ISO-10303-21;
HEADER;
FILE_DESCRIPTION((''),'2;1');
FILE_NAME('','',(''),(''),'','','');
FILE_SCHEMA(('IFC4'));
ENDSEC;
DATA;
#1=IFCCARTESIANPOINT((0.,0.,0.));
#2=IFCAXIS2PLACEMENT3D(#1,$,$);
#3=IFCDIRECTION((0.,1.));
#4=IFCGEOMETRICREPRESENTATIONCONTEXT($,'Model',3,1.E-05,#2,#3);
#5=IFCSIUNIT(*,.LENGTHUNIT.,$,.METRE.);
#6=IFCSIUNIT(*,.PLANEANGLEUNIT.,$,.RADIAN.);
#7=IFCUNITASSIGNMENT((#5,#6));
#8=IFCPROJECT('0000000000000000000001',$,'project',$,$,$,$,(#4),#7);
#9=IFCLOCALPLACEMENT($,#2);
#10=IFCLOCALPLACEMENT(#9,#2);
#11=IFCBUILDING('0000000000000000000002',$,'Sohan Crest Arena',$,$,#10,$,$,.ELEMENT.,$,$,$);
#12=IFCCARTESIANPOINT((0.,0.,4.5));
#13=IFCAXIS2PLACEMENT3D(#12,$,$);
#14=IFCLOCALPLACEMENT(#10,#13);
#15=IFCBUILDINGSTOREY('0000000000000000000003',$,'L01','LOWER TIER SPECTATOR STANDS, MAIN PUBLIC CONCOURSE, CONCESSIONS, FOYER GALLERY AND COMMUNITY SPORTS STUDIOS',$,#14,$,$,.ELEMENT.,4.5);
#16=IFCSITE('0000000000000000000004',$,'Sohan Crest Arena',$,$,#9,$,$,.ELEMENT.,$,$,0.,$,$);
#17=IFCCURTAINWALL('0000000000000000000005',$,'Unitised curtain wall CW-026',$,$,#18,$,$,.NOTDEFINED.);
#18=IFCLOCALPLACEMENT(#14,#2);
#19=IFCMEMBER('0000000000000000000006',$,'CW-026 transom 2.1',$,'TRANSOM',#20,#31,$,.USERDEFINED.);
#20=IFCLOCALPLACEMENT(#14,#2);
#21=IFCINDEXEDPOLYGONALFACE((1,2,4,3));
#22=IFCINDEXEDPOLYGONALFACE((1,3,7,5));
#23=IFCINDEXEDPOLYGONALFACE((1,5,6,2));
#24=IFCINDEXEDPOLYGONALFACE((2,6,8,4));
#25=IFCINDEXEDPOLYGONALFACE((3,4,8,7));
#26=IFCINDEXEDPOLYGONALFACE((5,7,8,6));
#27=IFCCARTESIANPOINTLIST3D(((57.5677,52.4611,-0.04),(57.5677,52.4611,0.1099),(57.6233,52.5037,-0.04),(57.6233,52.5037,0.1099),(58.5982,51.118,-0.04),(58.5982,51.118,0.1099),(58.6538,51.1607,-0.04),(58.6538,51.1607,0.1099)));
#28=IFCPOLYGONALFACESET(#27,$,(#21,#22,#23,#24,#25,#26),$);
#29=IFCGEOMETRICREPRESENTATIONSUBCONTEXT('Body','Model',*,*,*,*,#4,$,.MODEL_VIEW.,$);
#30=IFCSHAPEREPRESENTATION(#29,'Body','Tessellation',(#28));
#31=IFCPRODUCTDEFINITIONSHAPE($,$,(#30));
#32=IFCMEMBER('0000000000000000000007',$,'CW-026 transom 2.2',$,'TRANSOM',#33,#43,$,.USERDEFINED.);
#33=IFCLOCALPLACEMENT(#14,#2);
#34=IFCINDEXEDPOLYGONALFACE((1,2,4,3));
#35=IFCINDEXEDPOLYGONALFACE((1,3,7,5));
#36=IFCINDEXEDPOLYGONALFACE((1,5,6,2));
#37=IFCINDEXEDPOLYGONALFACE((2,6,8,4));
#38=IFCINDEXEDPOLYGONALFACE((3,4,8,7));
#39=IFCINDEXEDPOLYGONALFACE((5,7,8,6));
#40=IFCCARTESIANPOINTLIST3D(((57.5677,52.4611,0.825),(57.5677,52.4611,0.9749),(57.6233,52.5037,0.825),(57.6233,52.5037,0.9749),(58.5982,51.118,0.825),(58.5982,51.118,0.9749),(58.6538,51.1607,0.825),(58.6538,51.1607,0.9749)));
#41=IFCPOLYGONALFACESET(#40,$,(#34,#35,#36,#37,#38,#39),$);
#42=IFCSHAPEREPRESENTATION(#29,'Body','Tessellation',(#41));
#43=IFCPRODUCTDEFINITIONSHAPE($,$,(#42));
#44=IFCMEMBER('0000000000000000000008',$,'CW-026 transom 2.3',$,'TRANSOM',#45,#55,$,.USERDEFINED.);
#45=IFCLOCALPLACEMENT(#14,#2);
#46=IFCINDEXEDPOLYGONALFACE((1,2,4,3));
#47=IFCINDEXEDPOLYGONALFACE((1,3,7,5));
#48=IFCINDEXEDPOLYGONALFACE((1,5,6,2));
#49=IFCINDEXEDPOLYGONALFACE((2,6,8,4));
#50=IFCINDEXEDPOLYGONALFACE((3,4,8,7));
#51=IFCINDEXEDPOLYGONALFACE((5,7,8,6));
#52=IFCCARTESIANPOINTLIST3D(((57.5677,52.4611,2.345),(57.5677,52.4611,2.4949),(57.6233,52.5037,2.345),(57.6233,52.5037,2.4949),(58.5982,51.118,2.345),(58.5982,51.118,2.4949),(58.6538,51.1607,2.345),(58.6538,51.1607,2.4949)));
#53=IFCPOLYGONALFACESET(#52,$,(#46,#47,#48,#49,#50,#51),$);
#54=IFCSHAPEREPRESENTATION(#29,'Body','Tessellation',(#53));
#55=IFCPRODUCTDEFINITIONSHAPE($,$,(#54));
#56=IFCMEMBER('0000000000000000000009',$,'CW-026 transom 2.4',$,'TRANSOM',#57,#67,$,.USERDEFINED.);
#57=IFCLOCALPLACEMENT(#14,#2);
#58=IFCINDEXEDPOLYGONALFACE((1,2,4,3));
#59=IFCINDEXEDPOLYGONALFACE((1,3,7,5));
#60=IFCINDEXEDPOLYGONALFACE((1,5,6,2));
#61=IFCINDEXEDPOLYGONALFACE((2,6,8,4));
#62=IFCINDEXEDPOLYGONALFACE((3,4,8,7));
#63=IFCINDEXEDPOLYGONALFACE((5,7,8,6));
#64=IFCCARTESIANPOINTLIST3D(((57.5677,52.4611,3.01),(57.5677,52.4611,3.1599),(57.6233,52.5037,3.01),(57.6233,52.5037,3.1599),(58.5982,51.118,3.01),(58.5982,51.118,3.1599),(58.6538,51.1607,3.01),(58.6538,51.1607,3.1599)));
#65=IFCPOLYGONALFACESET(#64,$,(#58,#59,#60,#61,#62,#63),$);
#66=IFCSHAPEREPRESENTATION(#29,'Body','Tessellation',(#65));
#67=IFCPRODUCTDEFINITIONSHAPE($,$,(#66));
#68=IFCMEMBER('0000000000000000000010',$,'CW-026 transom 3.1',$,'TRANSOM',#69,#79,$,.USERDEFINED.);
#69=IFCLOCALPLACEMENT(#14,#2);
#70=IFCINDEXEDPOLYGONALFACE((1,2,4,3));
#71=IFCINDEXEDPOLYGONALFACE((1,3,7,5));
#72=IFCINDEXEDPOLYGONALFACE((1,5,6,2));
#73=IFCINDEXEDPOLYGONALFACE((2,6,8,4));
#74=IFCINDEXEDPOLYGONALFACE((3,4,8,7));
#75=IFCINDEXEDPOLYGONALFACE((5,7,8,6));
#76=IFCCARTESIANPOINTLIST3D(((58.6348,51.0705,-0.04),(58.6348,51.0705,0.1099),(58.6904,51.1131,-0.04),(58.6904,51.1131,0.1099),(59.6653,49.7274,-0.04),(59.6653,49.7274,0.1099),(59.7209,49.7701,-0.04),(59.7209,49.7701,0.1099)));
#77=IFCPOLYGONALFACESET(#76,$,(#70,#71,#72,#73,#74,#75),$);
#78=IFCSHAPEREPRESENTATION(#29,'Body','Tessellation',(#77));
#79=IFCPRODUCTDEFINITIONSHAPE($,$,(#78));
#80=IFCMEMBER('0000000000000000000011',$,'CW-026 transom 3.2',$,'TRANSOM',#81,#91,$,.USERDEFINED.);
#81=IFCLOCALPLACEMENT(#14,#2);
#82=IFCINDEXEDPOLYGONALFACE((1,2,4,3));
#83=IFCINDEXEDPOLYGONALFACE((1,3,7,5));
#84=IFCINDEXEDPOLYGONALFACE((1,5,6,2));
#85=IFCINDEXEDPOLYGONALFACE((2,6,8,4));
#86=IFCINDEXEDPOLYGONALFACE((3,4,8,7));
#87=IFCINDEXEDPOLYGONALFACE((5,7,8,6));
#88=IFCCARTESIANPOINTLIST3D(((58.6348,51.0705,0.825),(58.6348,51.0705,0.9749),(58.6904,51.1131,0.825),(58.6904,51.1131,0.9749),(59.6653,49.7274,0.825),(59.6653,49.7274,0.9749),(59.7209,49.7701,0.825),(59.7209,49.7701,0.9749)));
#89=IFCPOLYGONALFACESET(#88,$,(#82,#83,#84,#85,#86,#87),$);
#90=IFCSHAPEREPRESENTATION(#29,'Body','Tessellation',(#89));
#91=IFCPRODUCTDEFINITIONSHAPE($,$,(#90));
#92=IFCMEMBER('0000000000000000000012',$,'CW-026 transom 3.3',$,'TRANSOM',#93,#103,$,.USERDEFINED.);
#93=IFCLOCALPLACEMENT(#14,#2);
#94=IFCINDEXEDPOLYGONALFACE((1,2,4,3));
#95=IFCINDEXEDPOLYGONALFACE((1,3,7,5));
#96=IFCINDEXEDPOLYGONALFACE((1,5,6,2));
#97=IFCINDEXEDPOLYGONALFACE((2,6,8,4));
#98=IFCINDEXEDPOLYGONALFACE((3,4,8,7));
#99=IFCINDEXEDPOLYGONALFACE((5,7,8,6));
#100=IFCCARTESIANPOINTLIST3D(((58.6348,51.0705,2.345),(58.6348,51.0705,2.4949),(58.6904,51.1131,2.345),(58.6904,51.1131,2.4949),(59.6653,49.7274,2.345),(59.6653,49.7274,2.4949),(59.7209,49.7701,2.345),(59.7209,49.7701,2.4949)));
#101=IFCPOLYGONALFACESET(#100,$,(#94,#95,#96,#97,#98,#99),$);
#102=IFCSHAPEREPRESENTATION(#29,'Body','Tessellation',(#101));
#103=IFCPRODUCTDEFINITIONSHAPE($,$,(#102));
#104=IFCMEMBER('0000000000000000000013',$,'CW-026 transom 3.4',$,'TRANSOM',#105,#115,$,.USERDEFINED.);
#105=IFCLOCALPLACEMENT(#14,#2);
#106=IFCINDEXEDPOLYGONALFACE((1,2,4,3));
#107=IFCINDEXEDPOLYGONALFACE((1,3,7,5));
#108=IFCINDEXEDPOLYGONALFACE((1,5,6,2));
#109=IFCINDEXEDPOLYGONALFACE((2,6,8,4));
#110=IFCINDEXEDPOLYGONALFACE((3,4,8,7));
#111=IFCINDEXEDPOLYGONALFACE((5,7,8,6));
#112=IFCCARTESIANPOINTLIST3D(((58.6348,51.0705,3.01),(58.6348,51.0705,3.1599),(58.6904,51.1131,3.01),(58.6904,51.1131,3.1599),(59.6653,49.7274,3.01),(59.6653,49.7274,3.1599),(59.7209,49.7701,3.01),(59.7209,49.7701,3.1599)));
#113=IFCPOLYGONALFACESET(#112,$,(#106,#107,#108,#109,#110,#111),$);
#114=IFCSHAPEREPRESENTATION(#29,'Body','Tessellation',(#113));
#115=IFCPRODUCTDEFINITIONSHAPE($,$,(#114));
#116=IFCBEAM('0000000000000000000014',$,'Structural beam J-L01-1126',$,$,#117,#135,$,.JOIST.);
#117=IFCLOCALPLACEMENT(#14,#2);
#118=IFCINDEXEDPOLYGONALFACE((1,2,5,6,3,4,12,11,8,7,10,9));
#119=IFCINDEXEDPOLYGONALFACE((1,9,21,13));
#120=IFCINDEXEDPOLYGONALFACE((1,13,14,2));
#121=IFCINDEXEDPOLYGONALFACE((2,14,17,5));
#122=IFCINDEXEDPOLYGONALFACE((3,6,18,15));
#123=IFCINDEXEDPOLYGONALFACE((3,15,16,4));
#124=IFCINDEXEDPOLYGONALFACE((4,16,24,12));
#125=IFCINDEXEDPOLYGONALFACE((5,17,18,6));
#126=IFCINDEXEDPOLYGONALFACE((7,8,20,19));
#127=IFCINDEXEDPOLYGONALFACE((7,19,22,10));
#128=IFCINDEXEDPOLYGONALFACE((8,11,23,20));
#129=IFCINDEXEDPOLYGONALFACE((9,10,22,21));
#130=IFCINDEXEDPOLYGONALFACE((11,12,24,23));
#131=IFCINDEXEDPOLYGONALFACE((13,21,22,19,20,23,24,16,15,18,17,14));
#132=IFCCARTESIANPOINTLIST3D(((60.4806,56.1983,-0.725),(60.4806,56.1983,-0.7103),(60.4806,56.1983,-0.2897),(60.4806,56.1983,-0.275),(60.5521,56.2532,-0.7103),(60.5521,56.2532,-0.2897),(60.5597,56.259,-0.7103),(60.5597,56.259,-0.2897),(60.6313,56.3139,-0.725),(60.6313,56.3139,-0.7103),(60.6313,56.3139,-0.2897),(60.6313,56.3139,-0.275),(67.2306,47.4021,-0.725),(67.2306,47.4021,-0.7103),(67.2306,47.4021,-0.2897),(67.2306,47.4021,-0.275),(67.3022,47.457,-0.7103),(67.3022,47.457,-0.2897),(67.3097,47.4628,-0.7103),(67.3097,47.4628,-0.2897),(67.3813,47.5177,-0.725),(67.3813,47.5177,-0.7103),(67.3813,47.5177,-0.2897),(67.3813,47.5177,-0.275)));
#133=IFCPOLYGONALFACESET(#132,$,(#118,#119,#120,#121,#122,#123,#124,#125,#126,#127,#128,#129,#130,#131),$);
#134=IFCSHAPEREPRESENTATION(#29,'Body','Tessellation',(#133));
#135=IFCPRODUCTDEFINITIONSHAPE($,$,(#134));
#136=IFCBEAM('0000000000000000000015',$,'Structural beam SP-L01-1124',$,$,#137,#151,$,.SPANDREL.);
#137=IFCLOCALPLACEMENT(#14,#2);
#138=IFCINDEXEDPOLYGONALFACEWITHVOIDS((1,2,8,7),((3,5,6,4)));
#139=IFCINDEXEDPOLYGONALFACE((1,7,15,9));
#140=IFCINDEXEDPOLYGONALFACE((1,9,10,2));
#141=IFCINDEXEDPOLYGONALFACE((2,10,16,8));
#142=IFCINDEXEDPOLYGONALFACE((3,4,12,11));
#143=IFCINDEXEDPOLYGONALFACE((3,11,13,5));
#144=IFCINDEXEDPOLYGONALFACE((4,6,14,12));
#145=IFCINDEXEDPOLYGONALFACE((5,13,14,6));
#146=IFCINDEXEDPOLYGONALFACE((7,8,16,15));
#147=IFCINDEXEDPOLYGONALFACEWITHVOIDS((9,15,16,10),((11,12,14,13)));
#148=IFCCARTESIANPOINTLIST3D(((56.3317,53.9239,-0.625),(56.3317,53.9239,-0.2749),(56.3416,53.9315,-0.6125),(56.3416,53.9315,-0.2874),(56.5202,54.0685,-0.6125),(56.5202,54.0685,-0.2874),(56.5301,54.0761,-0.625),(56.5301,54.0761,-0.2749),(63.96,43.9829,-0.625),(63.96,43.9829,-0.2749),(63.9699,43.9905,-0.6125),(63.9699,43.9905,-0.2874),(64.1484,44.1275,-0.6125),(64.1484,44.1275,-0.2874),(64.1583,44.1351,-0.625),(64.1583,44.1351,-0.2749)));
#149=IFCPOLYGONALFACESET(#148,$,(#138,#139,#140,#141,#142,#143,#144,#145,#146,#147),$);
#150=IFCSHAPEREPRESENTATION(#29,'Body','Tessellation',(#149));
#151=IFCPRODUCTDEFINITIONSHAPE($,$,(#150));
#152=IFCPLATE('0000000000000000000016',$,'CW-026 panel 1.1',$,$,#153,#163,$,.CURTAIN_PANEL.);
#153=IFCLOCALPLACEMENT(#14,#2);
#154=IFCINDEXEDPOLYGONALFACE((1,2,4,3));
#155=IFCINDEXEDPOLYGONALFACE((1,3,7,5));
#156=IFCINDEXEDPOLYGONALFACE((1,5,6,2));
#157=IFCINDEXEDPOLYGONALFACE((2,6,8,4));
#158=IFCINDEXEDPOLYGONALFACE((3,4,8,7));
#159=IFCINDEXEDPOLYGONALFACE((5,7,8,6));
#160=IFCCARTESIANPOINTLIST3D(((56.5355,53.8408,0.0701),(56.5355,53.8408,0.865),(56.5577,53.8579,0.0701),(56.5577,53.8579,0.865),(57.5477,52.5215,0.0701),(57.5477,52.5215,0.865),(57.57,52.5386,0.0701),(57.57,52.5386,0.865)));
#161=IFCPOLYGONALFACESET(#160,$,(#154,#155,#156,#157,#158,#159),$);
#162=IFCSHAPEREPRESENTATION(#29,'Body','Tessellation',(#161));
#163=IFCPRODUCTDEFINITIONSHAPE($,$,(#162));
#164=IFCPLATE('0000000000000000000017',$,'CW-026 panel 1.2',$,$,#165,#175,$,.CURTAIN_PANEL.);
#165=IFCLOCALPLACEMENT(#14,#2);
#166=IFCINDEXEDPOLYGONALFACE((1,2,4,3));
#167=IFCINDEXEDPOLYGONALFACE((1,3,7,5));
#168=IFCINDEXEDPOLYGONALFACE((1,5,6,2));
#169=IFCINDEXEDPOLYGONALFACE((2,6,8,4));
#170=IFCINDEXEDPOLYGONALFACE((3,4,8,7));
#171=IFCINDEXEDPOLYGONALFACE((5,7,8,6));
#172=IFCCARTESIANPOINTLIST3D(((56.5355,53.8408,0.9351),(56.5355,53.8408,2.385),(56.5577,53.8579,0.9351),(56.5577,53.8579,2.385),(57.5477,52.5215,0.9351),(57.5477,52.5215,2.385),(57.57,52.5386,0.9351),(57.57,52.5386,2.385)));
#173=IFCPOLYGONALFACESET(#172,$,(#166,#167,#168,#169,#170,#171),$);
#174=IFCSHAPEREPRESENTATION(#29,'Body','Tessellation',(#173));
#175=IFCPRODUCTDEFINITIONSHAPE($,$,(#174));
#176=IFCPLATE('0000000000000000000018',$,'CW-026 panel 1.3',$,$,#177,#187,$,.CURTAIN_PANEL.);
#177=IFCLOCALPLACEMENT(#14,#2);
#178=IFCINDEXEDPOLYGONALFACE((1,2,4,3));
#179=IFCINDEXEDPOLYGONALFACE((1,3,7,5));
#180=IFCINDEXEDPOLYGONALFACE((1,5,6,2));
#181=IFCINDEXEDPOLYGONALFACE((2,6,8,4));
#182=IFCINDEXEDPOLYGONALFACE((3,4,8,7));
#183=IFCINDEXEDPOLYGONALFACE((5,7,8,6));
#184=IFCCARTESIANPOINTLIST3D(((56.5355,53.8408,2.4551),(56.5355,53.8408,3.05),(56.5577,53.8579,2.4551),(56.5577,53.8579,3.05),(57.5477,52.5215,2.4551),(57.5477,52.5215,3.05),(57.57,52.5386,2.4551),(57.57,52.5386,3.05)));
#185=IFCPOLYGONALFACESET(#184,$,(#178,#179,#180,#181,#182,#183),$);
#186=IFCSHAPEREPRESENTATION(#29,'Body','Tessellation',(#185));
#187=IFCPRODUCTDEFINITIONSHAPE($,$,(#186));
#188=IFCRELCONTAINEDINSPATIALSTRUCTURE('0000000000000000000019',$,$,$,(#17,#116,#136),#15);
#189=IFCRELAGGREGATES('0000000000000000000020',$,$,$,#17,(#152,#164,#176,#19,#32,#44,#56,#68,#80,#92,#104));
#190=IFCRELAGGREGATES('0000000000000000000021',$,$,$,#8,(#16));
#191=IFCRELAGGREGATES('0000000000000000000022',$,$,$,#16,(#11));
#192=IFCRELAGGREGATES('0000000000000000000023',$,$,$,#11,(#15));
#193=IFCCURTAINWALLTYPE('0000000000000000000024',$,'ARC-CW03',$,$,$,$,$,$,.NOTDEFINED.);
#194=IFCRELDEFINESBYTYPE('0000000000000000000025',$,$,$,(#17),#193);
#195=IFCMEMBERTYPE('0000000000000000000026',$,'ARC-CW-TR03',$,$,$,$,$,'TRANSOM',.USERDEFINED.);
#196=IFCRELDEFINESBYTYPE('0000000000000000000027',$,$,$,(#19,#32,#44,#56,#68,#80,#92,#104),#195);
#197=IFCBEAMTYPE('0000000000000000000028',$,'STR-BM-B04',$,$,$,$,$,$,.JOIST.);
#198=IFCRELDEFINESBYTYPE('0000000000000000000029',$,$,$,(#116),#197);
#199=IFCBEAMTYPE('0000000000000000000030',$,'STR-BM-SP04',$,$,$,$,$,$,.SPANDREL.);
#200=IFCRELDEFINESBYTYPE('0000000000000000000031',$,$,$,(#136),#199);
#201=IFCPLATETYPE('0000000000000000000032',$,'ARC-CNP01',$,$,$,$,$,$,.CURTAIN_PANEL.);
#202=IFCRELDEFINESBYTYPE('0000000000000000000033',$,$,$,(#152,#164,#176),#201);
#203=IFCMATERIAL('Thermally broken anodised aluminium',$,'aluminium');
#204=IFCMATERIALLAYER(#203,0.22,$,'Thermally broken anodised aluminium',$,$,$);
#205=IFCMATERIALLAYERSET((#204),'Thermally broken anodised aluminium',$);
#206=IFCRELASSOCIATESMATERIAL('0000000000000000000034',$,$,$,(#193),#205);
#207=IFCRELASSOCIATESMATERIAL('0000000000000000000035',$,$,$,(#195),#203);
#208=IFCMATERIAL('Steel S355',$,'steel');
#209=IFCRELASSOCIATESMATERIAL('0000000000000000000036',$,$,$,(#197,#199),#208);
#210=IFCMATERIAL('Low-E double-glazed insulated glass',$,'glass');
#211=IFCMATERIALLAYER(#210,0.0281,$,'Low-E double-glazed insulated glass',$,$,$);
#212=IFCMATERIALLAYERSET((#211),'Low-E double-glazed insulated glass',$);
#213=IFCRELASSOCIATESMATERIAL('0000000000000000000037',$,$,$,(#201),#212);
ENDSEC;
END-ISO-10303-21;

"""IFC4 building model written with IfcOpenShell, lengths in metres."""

from ifc_helpers import new_model, si_unit, direction, frame, origin, origin_2d, place, context, subcontext, project, spatial, rectangle, hollow_rectangle, i_section, extrude, material, layer, layer_set, material_profile, profile_set, type_object, element, aggregate, save


model = new_model("IFC4")

# Units and contexts
model_context = context("Model", 3, precision=1e-05, world=origin(), true_north=direction((0.0, 1.0)))
body_context = subcontext(model_context, "Body", "Model", "MODEL_VIEW")
ifc_project = project(units=[si_unit("LENGTHUNIT", "METRE"), si_unit("PLANEANGLEUNIT", "RADIAN")], contexts=[model_context])

# Site, building, storey
site_placement = place(None, origin())
site = spatial("IfcSite", under=ifc_project, at=site_placement, Name="Sohan Crest Arena", CompositionType="ELEMENT", RefElevation=0.0)
building_placement = place(site_placement, origin())
building = spatial("IfcBuilding", under=site, at=building_placement, Name="Sohan Crest Arena", CompositionType="ELEMENT")
storey_placement = place(building_placement, frame((0.0, 0.0, 4.5)))
storey = spatial("IfcBuildingStorey", under=building, at=storey_placement, Name="L01", Description="LOWER TIER SPECTATOR STANDS, MAIN PUBLIC CONCOURSE, CONCESSIONS, FOYER GALLERY AND COMMUNITY SPORTS STUDIOS", CompositionType="ELEMENT", Elevation=4.5)

# Shared definitions
ifc_material_1 = material(Name="Steel S355", Category="steel")

# Curtain wall
ifc_material_2 = material(Name="Thermally broken anodised aluminium", Category="aluminium")
ifc_layer_1 = layer(ifc_material_2, 0.22, Name="Thermally broken anodised aluminium")
ifc_layer_set_1 = layer_set([ifc_layer_1], Name="Thermally broken anodised aluminium")
curtain_wall_type_1 = type_object("IfcCurtainWallType", Name="ARC-CW03", PredefinedType="NOTDEFINED", material=ifc_layer_set_1)
curtain_wall_1_placement = place(storey_placement, origin())
curtain_wall_1 = element("IfcCurtainWall", 1, at=curtain_wall_1_placement, inside=storey, type_object=curtain_wall_type_1, Name="Unitised curtain wall CW-026", PredefinedType="NOTDEFINED")

# Members
ifc_material_profile_1 = material_profile(ifc_material_2, rectangle(XDim=0.0701, YDim=0.1499, at=origin_2d()), Name="ALU-TRAN 70x150")
ifc_profile_set_1 = profile_set([ifc_material_profile_1], Name="Thermally broken anodised aluminium")
member_type_1 = type_object("IfcMemberType", Name="ARC-CW-TR03", ElementType="TRANSOM", PredefinedType="USERDEFINED", material=ifc_profile_set_1)
member_1_placement = place(storey_placement, frame((57.5955, 52.4824, 0.0349), z_axis=(0.608755, -0.793358, 0.0), x_axis=(0.793358, 0.608755, 0.0)))
member_1 = element("IfcMember", 2, at=member_1_placement, type_object=member_type_1, Name="CW-026 transom 2.1", ObjectType="TRANSOM", PredefinedType="USERDEFINED", context=body_context, shape_type="SweptSolid", body=[
    extrude(rectangle(XDim=0.0701, YDim=0.1499, at=origin_2d()), origin(), (0.0, 0.0, 1.0), 1.6929),
])
member_2_placement = place(storey_placement, frame((57.5955, 52.4824, 0.8999), z_axis=(0.608755, -0.793358, 0.0), x_axis=(0.793358, 0.608755, 0.0)))
member_2 = element("IfcMember", 3, at=member_2_placement, type_object=member_type_1, Name="CW-026 transom 2.2", ObjectType="TRANSOM", PredefinedType="USERDEFINED", context=body_context, shape_type="SweptSolid", body=[
    extrude(rectangle(XDim=0.0701, YDim=0.1499, at=origin_2d()), origin(), (0.0, 0.0, 1.0), 1.6929),
])
member_3_placement = place(storey_placement, frame((57.5955, 52.4824, 2.4199), z_axis=(0.608755, -0.793358, 0.0), x_axis=(0.793358, 0.608755, 0.0)))
member_3 = element("IfcMember", 4, at=member_3_placement, type_object=member_type_1, Name="CW-026 transom 2.3", ObjectType="TRANSOM", PredefinedType="USERDEFINED", context=body_context, shape_type="SweptSolid", body=[
    extrude(rectangle(XDim=0.0701, YDim=0.1499, at=origin_2d()), origin(), (0.0, 0.0, 1.0), 1.6929),
])
member_4_placement = place(storey_placement, frame((57.5955, 52.4824, 3.085), z_axis=(0.608755, -0.793358, 0.0), x_axis=(0.793358, 0.608755, 0.0)))
member_4 = element("IfcMember", 5, at=member_4_placement, type_object=member_type_1, Name="CW-026 transom 2.4", ObjectType="TRANSOM", PredefinedType="USERDEFINED", context=body_context, shape_type="SweptSolid", body=[
    extrude(rectangle(XDim=0.0701, YDim=0.1499, at=origin_2d()), origin(), (0.0, 0.0, 1.0), 1.6929),
])
member_5_placement = place(storey_placement, frame((58.6626, 51.0918, 0.0349), z_axis=(0.608755, -0.793358, 0.0), x_axis=(0.793358, 0.608755, 0.0)))
member_5 = element("IfcMember", 6, at=member_5_placement, type_object=member_type_1, Name="CW-026 transom 3.1", ObjectType="TRANSOM", PredefinedType="USERDEFINED", context=body_context, shape_type="SweptSolid", body=[
    extrude(rectangle(XDim=0.0701, YDim=0.1499, at=origin_2d()), origin(), (0.0, 0.0, 1.0), 1.6929),
])
member_6_placement = place(storey_placement, frame((58.6626, 51.0918, 0.8999), z_axis=(0.608755, -0.793358, 0.0), x_axis=(0.793358, 0.608755, 0.0)))
member_6 = element("IfcMember", 7, at=member_6_placement, type_object=member_type_1, Name="CW-026 transom 3.2", ObjectType="TRANSOM", PredefinedType="USERDEFINED", context=body_context, shape_type="SweptSolid", body=[
    extrude(rectangle(XDim=0.0701, YDim=0.1499, at=origin_2d()), origin(), (0.0, 0.0, 1.0), 1.6929),
])
member_7_placement = place(storey_placement, frame((58.6626, 51.0918, 2.4199), z_axis=(0.608755, -0.793358, 0.0), x_axis=(0.793358, 0.608755, 0.0)))
member_7 = element("IfcMember", 8, at=member_7_placement, type_object=member_type_1, Name="CW-026 transom 3.3", ObjectType="TRANSOM", PredefinedType="USERDEFINED", context=body_context, shape_type="SweptSolid", body=[
    extrude(rectangle(XDim=0.0701, YDim=0.1499, at=origin_2d()), origin(), (0.0, 0.0, 1.0), 1.6929),
])
member_8_placement = place(storey_placement, frame((58.6626, 51.0918, 3.085), z_axis=(0.608755, -0.793358, 0.0), x_axis=(0.793358, 0.608755, 0.0)))
member_8 = element("IfcMember", 9, at=member_8_placement, type_object=member_type_1, Name="CW-026 transom 3.4", ObjectType="TRANSOM", PredefinedType="USERDEFINED", context=body_context, shape_type="SweptSolid", body=[
    extrude(rectangle(XDim=0.0701, YDim=0.1499, at=origin_2d()), origin(), (0.0, 0.0, 1.0), 1.6929),
])

# Beams
ifc_material_profile_2 = material_profile(ifc_material_1, i_section(OverallWidth=0.1899, OverallDepth=0.45, WebThickness=0.0095, FlangeThickness=0.0146, at=origin_2d()), Name="IPE 450")
ifc_profile_set_2 = profile_set([ifc_material_profile_2], Name="Steel S355")
beam_type_1 = type_object("IfcBeamType", Name="STR-BM-B04", PredefinedType="JOIST", material=ifc_profile_set_2)
beam_1_placement = place(storey_placement, frame((60.5559, 56.2561, -0.5), z_axis=(0.608789, -0.793332, 0.0), x_axis=(0.793332, 0.608789, 0.0)))
element("IfcBeam", 10, at=beam_1_placement, inside=storey, type_object=beam_type_1, Name="Structural beam J-L01-1126", PredefinedType="JOIST", context=body_context, shape_type="SweptSolid", body=[
    extrude(i_section(OverallWidth=0.1899, OverallDepth=0.45, WebThickness=0.0095, FlangeThickness=0.0146, at=origin_2d()), origin(), (0.0, 0.0, 1.0), 11.0876),
])
ifc_material_profile_3 = material_profile(ifc_material_1, hollow_rectangle(XDim=0.25, YDim=0.3501, WallThickness=0.0125, at=origin_2d()), Name="RHS 350x250x12.5")
ifc_profile_set_3 = profile_set([ifc_material_profile_3], Name="Steel S355")
beam_type_2 = type_object("IfcBeamType", Name="STR-BM-SP04", PredefinedType="SPANDREL", material=ifc_profile_set_3)
beam_2_placement = place(storey_placement, frame((56.4309, 54.0, -0.45), z_axis=(0.608773, -0.793344, 0.0), x_axis=(0.793344, 0.608773, 0.0)))
element("IfcBeam", 11, at=beam_2_placement, inside=storey, type_object=beam_type_2, Name="Structural beam SP-L01-1124", PredefinedType="SPANDREL", context=body_context, shape_type="SweptSolid", body=[
    extrude(hollow_rectangle(XDim=0.25, YDim=0.3501, WallThickness=0.0125, at=origin_2d()), origin(), (0.0, 0.0, 1.0), 12.5305),
])

# Plates
ifc_material_3 = material(Name="Low-E double-glazed insulated glass", Category="glass")
ifc_layer_2 = layer(ifc_material_3, 0.0281, Name="Low-E double-glazed insulated glass")
ifc_layer_set_2 = layer_set([ifc_layer_2], Name="Low-E double-glazed insulated glass")
plate_type = type_object("IfcPlateType", Name="ARC-CNP01", PredefinedType="CURTAIN_PANEL", material=ifc_layer_set_2)
plate_1_placement = place(storey_placement, frame((57.0527, 53.1897, 0.0701), z_axis=(0.0, 0.0, 1.0), x_axis=(0.608765, -0.793351, 0.0)))
plate_1 = element("IfcPlate", 12, at=plate_1_placement, type_object=plate_type, Name="CW-026 panel 1.1", PredefinedType="CURTAIN_PANEL", context=body_context, shape_type="SweptSolid", body=[
    extrude(rectangle(XDim=1.6628, YDim=0.0281, at=origin_2d()), origin(), (0.0, 0.0, 1.0), 0.7949),
])
plate_2_placement = place(storey_placement, frame((57.0527, 53.1897, 0.9351), z_axis=(0.0, 0.0, 1.0), x_axis=(0.608765, -0.793351, 0.0)))
plate_2 = element("IfcPlate", 13, at=plate_2_placement, type_object=plate_type, Name="CW-026 panel 1.2", PredefinedType="CURTAIN_PANEL", context=body_context, shape_type="SweptSolid", body=[
    extrude(rectangle(XDim=1.6628, YDim=0.0281, at=origin_2d()), origin(), (0.0, 0.0, 1.0), 1.45),
])
plate_3_placement = place(storey_placement, frame((57.0527, 53.1897, 2.4551), z_axis=(0.0, 0.0, 1.0), x_axis=(0.608765, -0.793351, 0.0)))
plate_3 = element("IfcPlate", 14, at=plate_3_placement, type_object=plate_type, Name="CW-026 panel 1.3", PredefinedType="CURTAIN_PANEL", context=body_context, shape_type="SweptSolid", body=[
    extrude(rectangle(XDim=1.6628, YDim=0.0281, at=origin_2d()), origin(), (0.0, 0.0, 1.0), 0.595),
])
aggregate(curtain_wall_1, [plate_1, plate_2, plate_3, member_1, member_2, member_3, member_4, member_5, member_6, member_7, member_8])

save(model, "model.ifc")
